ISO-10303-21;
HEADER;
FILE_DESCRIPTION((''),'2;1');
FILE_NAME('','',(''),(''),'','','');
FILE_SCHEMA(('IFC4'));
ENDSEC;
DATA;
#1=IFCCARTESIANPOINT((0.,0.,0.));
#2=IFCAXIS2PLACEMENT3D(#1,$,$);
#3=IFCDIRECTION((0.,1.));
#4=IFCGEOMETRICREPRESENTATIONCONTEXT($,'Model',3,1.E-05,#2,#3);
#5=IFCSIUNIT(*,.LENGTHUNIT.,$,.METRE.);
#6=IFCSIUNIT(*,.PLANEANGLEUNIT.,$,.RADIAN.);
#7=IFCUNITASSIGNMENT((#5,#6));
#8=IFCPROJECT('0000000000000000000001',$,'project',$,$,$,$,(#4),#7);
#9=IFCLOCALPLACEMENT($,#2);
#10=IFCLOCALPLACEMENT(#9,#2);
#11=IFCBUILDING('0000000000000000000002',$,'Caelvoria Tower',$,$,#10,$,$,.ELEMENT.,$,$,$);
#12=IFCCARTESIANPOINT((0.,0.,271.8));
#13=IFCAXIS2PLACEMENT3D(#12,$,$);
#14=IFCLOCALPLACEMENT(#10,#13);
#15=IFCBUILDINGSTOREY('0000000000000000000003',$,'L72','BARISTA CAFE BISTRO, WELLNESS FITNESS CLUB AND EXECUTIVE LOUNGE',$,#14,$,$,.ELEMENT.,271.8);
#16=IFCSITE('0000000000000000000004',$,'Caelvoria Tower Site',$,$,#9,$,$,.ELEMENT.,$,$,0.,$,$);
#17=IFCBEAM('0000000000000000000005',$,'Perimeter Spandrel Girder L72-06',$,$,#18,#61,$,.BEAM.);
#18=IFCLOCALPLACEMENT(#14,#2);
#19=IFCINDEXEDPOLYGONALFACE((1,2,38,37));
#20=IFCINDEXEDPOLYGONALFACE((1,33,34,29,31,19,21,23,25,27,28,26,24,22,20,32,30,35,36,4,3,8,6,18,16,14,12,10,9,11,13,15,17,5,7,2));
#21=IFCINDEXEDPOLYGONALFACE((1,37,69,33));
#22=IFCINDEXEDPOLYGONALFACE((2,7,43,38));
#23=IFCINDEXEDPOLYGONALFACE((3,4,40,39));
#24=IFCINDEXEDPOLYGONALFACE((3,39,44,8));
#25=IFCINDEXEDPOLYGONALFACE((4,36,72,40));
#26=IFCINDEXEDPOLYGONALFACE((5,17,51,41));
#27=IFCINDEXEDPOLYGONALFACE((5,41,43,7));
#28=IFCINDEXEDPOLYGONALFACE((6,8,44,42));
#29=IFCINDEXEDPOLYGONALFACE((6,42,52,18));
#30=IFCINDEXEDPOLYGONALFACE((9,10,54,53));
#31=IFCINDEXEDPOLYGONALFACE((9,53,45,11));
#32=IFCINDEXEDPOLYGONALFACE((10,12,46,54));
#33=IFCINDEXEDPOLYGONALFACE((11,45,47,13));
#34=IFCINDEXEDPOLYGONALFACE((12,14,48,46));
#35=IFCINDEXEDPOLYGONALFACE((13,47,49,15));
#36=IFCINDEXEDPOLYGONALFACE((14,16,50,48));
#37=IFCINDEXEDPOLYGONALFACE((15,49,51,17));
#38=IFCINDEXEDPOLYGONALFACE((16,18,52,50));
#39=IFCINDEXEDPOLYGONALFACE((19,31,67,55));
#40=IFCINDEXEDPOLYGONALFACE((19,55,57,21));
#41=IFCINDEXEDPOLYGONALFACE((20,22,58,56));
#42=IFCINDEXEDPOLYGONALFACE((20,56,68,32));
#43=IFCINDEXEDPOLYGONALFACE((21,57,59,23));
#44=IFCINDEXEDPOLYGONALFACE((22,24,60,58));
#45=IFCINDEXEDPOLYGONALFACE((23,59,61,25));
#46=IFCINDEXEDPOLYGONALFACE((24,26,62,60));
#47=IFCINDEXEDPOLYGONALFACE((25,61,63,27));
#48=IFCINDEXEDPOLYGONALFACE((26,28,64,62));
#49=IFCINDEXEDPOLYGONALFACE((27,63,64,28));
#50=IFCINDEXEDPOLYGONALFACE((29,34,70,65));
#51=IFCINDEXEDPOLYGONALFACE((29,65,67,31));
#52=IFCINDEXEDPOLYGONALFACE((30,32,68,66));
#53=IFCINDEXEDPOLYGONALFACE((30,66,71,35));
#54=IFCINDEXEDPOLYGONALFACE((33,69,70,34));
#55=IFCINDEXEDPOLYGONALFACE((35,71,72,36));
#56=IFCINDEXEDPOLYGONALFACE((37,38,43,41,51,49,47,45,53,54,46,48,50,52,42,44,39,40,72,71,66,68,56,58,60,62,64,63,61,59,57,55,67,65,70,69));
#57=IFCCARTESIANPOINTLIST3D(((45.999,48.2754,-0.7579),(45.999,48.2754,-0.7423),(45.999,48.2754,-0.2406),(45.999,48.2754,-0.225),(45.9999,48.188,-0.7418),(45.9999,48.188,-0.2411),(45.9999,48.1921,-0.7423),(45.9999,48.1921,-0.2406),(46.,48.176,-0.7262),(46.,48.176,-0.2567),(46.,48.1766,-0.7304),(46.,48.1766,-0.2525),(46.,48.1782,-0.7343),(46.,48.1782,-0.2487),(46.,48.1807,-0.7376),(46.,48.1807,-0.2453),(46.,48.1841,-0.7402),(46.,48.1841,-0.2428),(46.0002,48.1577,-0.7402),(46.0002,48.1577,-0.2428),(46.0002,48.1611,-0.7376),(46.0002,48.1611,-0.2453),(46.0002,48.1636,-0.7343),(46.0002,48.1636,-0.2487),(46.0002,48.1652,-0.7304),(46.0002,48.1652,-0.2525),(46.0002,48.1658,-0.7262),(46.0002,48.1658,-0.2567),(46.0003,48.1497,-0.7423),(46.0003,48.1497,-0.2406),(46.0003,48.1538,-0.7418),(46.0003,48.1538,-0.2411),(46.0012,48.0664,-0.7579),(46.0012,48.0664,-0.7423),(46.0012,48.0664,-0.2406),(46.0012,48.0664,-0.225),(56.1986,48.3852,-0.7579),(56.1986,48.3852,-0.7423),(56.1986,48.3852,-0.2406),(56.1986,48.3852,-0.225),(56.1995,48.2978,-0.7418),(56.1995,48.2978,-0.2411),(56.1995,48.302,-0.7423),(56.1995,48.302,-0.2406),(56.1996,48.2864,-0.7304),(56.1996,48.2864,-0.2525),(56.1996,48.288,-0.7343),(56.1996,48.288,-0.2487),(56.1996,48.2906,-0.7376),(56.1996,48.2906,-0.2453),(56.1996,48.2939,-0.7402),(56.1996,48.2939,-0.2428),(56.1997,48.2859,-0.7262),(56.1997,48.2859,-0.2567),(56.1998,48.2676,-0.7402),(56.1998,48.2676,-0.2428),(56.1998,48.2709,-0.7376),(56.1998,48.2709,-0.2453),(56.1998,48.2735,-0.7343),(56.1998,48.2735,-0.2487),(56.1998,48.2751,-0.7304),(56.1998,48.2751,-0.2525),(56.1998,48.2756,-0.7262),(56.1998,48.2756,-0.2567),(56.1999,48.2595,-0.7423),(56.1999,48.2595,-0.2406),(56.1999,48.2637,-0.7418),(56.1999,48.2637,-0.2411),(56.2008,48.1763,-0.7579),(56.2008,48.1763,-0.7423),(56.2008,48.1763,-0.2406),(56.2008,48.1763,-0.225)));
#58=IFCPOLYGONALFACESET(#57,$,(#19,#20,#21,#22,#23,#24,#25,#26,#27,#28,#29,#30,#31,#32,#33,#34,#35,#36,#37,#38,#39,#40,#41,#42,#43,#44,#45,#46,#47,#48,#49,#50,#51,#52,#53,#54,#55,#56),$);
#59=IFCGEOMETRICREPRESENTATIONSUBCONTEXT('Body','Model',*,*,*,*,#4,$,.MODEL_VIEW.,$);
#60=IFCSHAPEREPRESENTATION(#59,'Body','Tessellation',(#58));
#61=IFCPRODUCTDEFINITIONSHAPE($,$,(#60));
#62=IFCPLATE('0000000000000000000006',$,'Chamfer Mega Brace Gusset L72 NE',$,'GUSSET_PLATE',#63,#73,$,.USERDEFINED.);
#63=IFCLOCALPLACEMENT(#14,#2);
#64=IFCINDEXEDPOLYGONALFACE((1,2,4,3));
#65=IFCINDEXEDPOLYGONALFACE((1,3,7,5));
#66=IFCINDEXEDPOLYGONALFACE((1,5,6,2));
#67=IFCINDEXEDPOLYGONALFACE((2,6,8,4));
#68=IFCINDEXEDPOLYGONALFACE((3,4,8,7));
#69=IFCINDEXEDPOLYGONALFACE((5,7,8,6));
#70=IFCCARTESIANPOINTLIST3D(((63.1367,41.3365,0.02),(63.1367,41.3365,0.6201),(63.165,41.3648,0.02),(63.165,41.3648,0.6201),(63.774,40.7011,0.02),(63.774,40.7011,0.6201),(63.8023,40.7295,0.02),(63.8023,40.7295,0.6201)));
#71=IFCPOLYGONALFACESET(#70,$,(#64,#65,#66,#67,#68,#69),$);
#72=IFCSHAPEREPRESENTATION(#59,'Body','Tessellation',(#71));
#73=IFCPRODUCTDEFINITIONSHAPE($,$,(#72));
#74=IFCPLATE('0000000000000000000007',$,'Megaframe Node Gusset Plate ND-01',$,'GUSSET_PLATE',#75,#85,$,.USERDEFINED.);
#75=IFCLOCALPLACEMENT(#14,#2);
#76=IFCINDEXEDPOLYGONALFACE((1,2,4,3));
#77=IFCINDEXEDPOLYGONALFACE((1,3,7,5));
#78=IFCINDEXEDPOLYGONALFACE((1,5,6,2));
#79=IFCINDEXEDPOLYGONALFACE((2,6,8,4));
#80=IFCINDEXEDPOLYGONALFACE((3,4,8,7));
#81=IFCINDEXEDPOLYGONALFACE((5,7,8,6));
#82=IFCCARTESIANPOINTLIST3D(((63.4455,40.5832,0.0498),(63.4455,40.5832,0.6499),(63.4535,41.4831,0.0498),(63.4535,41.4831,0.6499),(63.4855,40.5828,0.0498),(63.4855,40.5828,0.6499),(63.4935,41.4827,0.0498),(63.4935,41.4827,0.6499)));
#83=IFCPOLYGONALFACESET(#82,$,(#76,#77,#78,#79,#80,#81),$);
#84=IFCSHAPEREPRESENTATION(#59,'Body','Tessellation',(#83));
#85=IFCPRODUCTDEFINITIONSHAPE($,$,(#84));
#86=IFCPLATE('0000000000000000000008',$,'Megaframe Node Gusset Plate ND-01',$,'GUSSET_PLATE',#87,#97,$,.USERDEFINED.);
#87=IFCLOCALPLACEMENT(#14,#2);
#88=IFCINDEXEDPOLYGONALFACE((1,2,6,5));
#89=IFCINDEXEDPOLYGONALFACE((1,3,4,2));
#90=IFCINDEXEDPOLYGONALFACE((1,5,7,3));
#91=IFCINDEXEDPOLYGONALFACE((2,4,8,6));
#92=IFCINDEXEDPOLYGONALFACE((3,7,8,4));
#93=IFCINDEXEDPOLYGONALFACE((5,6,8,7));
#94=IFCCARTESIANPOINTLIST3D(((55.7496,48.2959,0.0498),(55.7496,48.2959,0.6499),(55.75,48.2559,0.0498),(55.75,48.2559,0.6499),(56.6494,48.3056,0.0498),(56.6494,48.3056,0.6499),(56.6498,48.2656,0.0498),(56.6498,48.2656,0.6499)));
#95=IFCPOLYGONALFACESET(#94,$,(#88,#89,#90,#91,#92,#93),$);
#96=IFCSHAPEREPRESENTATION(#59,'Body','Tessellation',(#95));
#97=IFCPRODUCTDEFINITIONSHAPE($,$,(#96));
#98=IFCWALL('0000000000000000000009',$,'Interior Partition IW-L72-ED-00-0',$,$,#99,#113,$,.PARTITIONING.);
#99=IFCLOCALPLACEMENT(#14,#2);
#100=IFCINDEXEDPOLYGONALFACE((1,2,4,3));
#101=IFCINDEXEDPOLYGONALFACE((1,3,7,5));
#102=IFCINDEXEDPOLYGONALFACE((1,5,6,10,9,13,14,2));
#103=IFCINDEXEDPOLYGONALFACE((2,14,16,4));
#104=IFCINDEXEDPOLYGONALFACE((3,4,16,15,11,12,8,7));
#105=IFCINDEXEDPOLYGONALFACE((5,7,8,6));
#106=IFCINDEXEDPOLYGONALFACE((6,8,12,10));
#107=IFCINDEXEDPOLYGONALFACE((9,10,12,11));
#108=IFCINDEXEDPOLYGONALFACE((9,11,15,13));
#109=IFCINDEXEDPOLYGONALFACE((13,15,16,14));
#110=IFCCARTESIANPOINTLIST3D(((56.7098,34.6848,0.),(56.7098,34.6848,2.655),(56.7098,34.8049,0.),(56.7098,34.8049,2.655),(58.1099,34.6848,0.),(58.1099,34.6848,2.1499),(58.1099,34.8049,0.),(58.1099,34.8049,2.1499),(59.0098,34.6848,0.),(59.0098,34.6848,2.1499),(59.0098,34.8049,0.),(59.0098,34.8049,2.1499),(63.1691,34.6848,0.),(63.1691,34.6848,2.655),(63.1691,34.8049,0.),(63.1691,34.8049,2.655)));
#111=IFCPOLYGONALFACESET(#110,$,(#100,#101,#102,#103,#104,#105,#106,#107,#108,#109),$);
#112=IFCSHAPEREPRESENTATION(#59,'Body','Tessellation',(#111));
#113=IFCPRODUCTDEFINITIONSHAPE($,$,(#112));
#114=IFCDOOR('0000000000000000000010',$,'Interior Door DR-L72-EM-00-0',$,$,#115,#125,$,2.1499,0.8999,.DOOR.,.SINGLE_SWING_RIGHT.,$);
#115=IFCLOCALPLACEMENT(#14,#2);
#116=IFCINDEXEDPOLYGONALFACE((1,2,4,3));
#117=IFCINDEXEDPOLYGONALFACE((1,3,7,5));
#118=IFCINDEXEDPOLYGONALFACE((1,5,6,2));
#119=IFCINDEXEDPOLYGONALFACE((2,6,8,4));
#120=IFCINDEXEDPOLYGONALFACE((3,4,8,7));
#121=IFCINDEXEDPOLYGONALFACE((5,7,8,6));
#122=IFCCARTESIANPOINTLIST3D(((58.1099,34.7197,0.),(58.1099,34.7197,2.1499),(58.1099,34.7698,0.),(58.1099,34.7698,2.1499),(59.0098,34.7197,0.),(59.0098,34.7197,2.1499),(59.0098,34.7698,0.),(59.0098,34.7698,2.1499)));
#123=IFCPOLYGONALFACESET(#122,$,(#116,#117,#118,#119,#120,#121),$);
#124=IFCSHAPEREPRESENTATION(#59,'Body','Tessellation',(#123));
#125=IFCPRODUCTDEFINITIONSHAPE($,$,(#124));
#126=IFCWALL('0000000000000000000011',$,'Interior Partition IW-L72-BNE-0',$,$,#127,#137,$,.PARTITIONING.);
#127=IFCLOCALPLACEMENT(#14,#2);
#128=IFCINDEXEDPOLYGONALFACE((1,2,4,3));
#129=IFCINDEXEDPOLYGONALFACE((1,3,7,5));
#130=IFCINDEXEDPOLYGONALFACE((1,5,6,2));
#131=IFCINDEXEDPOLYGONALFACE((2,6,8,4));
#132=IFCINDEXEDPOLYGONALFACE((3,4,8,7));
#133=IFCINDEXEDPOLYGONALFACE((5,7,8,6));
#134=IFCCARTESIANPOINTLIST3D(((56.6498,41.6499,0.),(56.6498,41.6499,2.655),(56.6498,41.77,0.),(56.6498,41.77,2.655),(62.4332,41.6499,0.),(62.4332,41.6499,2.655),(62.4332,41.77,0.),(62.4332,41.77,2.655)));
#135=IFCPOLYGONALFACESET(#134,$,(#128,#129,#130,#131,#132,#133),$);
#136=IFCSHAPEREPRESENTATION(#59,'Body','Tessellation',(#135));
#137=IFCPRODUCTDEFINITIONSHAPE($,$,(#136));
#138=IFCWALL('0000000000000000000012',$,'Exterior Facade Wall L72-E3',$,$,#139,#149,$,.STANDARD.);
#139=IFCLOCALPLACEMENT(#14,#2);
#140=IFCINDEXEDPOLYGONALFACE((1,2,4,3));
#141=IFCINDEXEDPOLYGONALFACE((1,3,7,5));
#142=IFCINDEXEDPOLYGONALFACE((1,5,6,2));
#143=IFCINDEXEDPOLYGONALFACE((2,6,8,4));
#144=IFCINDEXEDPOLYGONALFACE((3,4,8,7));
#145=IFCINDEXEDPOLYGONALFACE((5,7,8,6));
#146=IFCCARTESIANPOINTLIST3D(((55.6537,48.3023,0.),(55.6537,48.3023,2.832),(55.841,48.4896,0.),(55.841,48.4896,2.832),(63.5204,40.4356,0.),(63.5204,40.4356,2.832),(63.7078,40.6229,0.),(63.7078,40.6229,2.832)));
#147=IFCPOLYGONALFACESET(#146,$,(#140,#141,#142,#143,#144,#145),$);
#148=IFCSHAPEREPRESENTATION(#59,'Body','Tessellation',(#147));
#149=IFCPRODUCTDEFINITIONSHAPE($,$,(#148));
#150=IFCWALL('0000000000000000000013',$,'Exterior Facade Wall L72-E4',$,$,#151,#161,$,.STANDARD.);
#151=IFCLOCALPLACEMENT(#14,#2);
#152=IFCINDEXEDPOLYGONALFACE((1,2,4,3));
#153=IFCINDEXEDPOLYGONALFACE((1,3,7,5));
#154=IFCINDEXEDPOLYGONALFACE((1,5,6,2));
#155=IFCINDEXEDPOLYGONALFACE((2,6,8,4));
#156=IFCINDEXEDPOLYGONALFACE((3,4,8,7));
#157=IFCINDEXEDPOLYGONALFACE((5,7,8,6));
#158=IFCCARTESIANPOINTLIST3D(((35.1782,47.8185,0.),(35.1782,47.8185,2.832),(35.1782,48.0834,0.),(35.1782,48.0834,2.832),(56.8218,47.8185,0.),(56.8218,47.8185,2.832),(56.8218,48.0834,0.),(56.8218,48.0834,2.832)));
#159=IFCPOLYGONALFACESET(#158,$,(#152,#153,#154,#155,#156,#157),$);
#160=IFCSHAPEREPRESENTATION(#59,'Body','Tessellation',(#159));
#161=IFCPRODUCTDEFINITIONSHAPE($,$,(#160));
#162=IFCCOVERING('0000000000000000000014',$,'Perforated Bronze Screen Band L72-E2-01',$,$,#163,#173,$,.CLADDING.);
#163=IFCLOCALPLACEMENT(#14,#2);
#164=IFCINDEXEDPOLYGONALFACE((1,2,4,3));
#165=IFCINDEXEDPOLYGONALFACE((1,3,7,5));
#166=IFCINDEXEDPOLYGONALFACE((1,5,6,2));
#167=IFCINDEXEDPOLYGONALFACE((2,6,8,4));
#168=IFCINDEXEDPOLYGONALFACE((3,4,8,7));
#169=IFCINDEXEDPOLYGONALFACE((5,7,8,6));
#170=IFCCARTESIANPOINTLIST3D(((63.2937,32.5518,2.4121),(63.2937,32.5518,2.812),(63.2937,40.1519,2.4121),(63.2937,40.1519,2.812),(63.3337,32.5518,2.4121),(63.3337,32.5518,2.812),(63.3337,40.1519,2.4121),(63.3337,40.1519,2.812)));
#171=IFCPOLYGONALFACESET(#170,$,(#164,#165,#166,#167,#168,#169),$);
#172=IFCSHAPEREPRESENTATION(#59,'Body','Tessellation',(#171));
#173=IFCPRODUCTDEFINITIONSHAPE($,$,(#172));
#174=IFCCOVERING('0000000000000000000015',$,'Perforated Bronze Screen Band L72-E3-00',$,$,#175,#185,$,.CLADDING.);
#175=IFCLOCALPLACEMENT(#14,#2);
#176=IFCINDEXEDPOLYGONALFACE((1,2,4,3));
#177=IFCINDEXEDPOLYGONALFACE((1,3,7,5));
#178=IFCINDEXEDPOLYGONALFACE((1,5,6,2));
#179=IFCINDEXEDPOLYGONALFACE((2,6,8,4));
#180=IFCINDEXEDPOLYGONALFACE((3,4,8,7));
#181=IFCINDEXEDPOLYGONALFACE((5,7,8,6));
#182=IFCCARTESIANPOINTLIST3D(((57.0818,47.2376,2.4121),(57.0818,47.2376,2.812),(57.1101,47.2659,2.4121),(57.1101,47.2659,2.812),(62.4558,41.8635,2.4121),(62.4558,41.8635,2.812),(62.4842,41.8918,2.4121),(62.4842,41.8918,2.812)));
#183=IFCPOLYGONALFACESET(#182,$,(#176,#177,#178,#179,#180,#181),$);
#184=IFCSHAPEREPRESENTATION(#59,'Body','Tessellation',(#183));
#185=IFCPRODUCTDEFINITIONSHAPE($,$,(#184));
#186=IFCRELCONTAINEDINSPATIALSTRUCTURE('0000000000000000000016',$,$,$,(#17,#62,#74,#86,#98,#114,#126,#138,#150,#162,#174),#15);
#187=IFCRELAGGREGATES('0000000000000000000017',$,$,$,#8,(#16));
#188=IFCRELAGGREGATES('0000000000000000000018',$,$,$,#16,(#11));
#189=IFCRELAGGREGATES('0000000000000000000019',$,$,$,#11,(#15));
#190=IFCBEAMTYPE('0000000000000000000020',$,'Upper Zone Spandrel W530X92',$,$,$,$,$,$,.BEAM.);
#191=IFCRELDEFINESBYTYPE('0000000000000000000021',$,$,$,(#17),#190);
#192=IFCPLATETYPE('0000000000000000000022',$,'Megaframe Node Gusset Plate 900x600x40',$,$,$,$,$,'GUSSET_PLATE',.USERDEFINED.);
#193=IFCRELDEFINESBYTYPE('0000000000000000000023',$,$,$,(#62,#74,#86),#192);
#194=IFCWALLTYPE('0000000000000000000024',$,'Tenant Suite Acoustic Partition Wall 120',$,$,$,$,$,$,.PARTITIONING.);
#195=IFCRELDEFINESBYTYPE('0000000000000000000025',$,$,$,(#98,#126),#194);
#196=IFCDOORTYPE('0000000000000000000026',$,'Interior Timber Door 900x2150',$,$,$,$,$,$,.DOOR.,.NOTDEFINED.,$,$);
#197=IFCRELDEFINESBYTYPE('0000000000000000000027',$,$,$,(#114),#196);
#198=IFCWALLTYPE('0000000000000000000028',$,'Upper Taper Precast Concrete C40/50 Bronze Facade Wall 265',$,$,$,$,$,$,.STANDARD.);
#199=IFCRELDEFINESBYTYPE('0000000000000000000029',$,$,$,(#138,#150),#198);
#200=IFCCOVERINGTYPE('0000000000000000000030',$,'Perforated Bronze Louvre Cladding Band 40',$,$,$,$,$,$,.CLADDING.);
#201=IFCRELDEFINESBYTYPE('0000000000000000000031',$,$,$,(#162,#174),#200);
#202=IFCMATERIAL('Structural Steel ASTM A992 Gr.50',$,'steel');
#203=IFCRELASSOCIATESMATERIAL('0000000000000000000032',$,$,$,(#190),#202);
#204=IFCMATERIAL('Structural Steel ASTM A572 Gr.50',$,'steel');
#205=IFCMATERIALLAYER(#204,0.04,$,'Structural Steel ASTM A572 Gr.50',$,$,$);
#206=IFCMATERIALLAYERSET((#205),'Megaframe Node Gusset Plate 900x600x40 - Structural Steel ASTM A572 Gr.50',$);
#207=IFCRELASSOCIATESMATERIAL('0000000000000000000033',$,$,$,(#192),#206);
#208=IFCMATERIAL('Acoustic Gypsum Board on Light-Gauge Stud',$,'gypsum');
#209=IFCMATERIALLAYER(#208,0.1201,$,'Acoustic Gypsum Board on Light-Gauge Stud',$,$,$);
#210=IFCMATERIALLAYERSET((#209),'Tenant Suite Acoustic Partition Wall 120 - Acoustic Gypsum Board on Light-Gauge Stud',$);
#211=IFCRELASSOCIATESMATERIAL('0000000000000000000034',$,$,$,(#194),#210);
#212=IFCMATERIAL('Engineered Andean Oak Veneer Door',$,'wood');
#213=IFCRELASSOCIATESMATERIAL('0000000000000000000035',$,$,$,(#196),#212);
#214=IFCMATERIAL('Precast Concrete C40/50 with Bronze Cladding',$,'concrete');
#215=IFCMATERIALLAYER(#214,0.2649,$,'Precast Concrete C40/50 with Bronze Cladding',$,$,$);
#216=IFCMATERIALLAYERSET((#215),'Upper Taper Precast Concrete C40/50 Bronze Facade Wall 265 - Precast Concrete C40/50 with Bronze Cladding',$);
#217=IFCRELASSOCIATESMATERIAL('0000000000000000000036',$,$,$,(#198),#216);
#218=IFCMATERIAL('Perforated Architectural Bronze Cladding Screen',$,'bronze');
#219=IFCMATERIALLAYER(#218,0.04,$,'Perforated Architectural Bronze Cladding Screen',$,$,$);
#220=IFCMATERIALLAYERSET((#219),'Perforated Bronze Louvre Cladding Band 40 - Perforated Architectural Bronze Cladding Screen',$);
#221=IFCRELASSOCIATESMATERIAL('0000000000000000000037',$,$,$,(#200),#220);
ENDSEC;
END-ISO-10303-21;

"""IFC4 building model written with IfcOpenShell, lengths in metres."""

from ifc_helpers import new_model, si_unit, direction, frame, frame_2d, origin, origin_2d, place, context, subcontext, project, spatial, rectangle, i_section, extrude, material, layer, layer_set, material_profile, profile_set, type_object, element, fill, save


model = new_model("IFC4")

# Units and contexts
model_context = context("Model", 3, precision=1e-05, world=origin(), true_north=direction((0.0, 1.0)))
body_context = subcontext(model_context, "Body", "Model", "MODEL_VIEW")
ifc_project = project(units=[si_unit("LENGTHUNIT", "METRE"), si_unit("PLANEANGLEUNIT", "RADIAN")], contexts=[model_context])

# Site, building, storey
site_placement = place(None, origin())
site = spatial("IfcSite", under=ifc_project, at=site_placement, Name="Caelvoria Tower Site", CompositionType="ELEMENT", RefElevation=0.0)
building_placement = place(site_placement, origin())
building = spatial("IfcBuilding", under=site, at=building_placement, Name="Caelvoria Tower", CompositionType="ELEMENT")
storey_placement = place(building_placement, frame((0.0, 0.0, 271.8)))
storey = spatial("IfcBuildingStorey", under=building, at=storey_placement, Name="L72", Description="BARISTA CAFE BISTRO, WELLNESS FITNESS CLUB AND EXECUTIVE LOUNGE", CompositionType="ELEMENT", Elevation=271.8)

# Shared definitions
ifc_material_1 = material(Name="Structural Steel ASTM A572 Gr.50", Category="steel")

# Shared definitions
ifc_material_2 = material(Name="Structural Steel ASTM A992 Gr.50", Category="steel")

# Beam
ifc_material_profile_1 = material_profile(ifc_material_2, i_section(OverallWidth=0.209, OverallDepth=0.533, WebThickness=0.0103, FlangeThickness=0.0156, FilletRadius=0.0161, at=origin_2d()), Name="Structural Steel ASTM A992 Gr.50")
ifc_profile_set_1 = profile_set([ifc_material_profile_1], Name="W530X92 - Structural Steel ASTM A992 Gr.50")
beam_type_1 = type_object("IfcBeamType", Name="Upper Zone Spandrel W530X92", PredefinedType="BEAM", material=ifc_profile_set_1)
beam_1_placement = place(storey_placement, frame((56.1997, 48.2808, -0.4915), z_axis=(-0.999942, -0.010771, 0.0), x_axis=(0.010771, -0.999942, 0.0)))
element("IfcBeam", 1, at=beam_1_placement, inside=storey, type_object=beam_type_1, Name="Perimeter Spandrel Girder L72-06", PredefinedType="BEAM", context=body_context, shape_type="SweptSolid", body=[
    extrude(i_section(OverallWidth=0.209, OverallDepth=0.533, WebThickness=0.0103, FlangeThickness=0.0156, FilletRadius=0.0161, at=origin_2d()), origin(), (0.0, 0.0, 1.0), 10.2002),
])

# Plates
ifc_layer_1 = layer(ifc_material_1, 0.04, Name="Structural Steel ASTM A572 Gr.50")
ifc_layer_set_1 = layer_set([ifc_layer_1], Name="Megaframe Node Gusset Plate 900x600x40 - Structural Steel ASTM A572 Gr.50")
plate_type = type_object("IfcPlateType", Name="Megaframe Node Gusset Plate 900x600x40", ElementType="GUSSET_PLATE", PredefinedType="USERDEFINED", material=ifc_layer_set_1)
for number, where, z_axis, x_axis, name in (
    (2, (63.4695, 41.033, 0.02), (0.0, 0.0, 1.0), (-0.708182, 0.70603, 0.0), "Chamfer Mega Brace Gusset L72 NE"),
    (3, (63.4695, 41.033, 0.0498), (0.0, 0.0, 1.0), (-0.008901, -0.99996, 0.0), "Megaframe Node Gusset Plate ND-01"),
    (4, (56.1997, 48.2808, 0.0498), (0.0, 0.0, 1.0), (-0.999942, -0.010765, 0.0), "Megaframe Node Gusset Plate ND-01"),
):
    element("IfcPlate", number, at=place(storey_placement, frame(where, z_axis=z_axis, x_axis=x_axis)), inside=storey, type_object=plate_type, Name=name, ObjectType="GUSSET_PLATE", PredefinedType="USERDEFINED", context=body_context, shape_type="SweptSolid", body=[
        extrude(rectangle(XDim=0.8999, YDim=0.04, at=origin_2d()), origin(), (0.0, 0.0, 1.0), 0.6001),
    ])

# Wall, opening, door
ifc_material_3 = material(Name="Acoustic Gypsum Board on Light-Gauge Stud", Category="gypsum")
ifc_layer_2 = layer(ifc_material_3, 0.1201, Name="Acoustic Gypsum Board on Light-Gauge Stud")
ifc_layer_set_2 = layer_set([ifc_layer_2], Name="Tenant Suite Acoustic Partition Wall 120 - Acoustic Gypsum Board on Light-Gauge Stud")
wall_type_1 = type_object("IfcWallType", Name="Tenant Suite Acoustic Partition Wall 120", PredefinedType="PARTITIONING", material=ifc_layer_set_2)
wall_1_placement = place(storey_placement, frame((56.71, 34.7449, 0.0), z_axis=(0.0, 0.0, 1.0), x_axis=(1.0, 0.0, 0.0)))
wall_1 = element("IfcWall", 5, at=wall_1_placement, inside=storey, type_object=wall_type_1, Name="Interior Partition IW-L72-ED-00-0", PredefinedType="PARTITIONING", context=body_context, shape_type="SweptSolid", body=[
    extrude(rectangle(XDim=6.4592, YDim=0.1201, at=frame_2d((3.2295, 0.0))), origin(), (0.0, 0.0, 1.0), 2.655),
])
opening_placement = place(wall_1_placement, frame((1.3999, 0.0, 0.0)))
opening = element("IfcOpeningElement", 6, at=opening_placement, cuts=wall_1, PredefinedType="OPENING", context=body_context, shape_type="SweptSolid", body=[
    extrude(rectangle(XDim=0.8999, YDim=2.1499, at=frame_2d((0.45, 1.075))), frame((0.0, 0.0701, 0.0), z_axis=(0.0, -1.0, 0.0), x_axis=(1.0, 0.0, 0.0)), (0.0, 0.0, 1.0), 0.1401),
])
ifc_material_4 = material(Name="Engineered Andean Oak Veneer Door", Category="wood")
door_type = type_object("IfcDoorType", Name="Interior Timber Door 900x2150", OperationType="NOTDEFINED", PredefinedType="DOOR", material=ifc_material_4)
door_placement = place(opening_placement, origin())
door = element("IfcDoor", 7, at=door_placement, inside=storey, type_object=door_type, Name="Interior Door DR-L72-EM-00-0", OperationType="SINGLE_SWING_RIGHT", OverallHeight=2.1499, OverallWidth=0.8999, PredefinedType="DOOR", context=body_context, shape_type="SweptSolid", body=[
    extrude(rectangle(XDim=0.8999, YDim=2.1499, at=frame_2d((0.45, 1.075))), frame((0.0, 0.0249, 0.0), z_axis=(0.0, -1.0, 0.0), x_axis=(1.0, 0.0, 0.0)), (0.0, 0.0, 1.0), 0.05),
])
fill(opening, door)

# Walls
wall_2_placement = place(storey_placement, frame((56.6499, 41.71, 0.0), z_axis=(0.0, 0.0, 1.0), x_axis=(1.0, 0.0, 0.0)))
element("IfcWall", 8, at=wall_2_placement, inside=storey, type_object=wall_type_1, Name="Interior Partition IW-L72-BNE-0", PredefinedType="PARTITIONING", context=body_context, shape_type="SweptSolid", body=[
    extrude(rectangle(XDim=5.7834, YDim=0.1201, at=frame_2d((2.8916, 0.0))), origin(), (0.0, 0.0, 1.0), 2.655),
])
ifc_material_5 = material(Name="Precast Concrete C40/50 with Bronze Cladding", Category="concrete")
ifc_layer_3 = layer(ifc_material_5, 0.2649, Name="Precast Concrete C40/50 with Bronze Cladding")
ifc_layer_set_3 = layer_set([ifc_layer_3], Name="Upper Taper Precast Concrete C40/50 Bronze Facade Wall 265 - Precast Concrete C40/50 with Bronze Cladding")
wall_type_2 = type_object("IfcWallType", Name="Upper Taper Precast Concrete C40/50 Bronze Facade Wall 265", PredefinedType="STANDARD", material=ifc_layer_set_3)
wall_3_placement = place(storey_placement, frame((63.614, 40.5293, 0.0), z_axis=(0.0, 0.0, 1.0), x_axis=(-0.707107, 0.707107, 0.0)))
element("IfcWall", 9, at=wall_3_placement, inside=storey, type_object=wall_type_2, Name="Exterior Facade Wall L72-E3", PredefinedType="STANDARD", context=body_context, shape_type="SweptSolid", body=[
    extrude(rectangle(XDim=11.1252, YDim=0.2649, at=frame_2d((5.5625, 0.0))), origin(), (0.0, 0.0, 1.0), 2.832),
])
wall_4_placement = place(storey_placement, frame((56.8218, 47.9509, 0.0), z_axis=(0.0, 0.0, 1.0), x_axis=(-1.0, 0.0, 0.0)))
element("IfcWall", 10, at=wall_4_placement, inside=storey, type_object=wall_type_2, Name="Exterior Facade Wall L72-E4", PredefinedType="STANDARD", context=body_context, shape_type="SweptSolid", body=[
    extrude(rectangle(XDim=21.6436, YDim=0.2649, at=frame_2d((10.8218, 0.0))), origin(), (0.0, 0.0, 1.0), 2.832),
])

# Coverings
ifc_material_6 = material(Name="Perforated Architectural Bronze Cladding Screen", Category="bronze")
ifc_layer_4 = layer(ifc_material_6, 0.04, Name="Perforated Architectural Bronze Cladding Screen")
ifc_layer_set_4 = layer_set([ifc_layer_4], Name="Perforated Bronze Louvre Cladding Band 40 - Perforated Architectural Bronze Cladding Screen")
covering_type = type_object("IfcCoveringType", Name="Perforated Bronze Louvre Cladding Band 40", PredefinedType="CLADDING", material=ifc_layer_set_4)
for number, where, z_axis, x_axis, name in (
    (11, (63.3137, 36.3518, 2.4121), (0.0, 0.0, 1.0), (0.0, 1.0, 0.0), "Perforated Bronze Screen Band L72-E2-01"),
    (12, (59.783, 44.5647, 2.4121), (0.0, 0.0, 1.0), (-0.707107, 0.707107, 0.0), "Perforated Bronze Screen Band L72-E3-00"),
):
    element("IfcCovering", number, at=place(storey_placement, frame(where, z_axis=z_axis, x_axis=x_axis)), inside=storey, type_object=covering_type, Name=name, PredefinedType="CLADDING", context=body_context, shape_type="SweptSolid", body=[
        extrude(rectangle(XDim=7.6001, YDim=0.04, at=origin_2d()), origin(), (0.0, 0.0, 1.0), 0.3999),
    ])

save(model, "model.ifc")
